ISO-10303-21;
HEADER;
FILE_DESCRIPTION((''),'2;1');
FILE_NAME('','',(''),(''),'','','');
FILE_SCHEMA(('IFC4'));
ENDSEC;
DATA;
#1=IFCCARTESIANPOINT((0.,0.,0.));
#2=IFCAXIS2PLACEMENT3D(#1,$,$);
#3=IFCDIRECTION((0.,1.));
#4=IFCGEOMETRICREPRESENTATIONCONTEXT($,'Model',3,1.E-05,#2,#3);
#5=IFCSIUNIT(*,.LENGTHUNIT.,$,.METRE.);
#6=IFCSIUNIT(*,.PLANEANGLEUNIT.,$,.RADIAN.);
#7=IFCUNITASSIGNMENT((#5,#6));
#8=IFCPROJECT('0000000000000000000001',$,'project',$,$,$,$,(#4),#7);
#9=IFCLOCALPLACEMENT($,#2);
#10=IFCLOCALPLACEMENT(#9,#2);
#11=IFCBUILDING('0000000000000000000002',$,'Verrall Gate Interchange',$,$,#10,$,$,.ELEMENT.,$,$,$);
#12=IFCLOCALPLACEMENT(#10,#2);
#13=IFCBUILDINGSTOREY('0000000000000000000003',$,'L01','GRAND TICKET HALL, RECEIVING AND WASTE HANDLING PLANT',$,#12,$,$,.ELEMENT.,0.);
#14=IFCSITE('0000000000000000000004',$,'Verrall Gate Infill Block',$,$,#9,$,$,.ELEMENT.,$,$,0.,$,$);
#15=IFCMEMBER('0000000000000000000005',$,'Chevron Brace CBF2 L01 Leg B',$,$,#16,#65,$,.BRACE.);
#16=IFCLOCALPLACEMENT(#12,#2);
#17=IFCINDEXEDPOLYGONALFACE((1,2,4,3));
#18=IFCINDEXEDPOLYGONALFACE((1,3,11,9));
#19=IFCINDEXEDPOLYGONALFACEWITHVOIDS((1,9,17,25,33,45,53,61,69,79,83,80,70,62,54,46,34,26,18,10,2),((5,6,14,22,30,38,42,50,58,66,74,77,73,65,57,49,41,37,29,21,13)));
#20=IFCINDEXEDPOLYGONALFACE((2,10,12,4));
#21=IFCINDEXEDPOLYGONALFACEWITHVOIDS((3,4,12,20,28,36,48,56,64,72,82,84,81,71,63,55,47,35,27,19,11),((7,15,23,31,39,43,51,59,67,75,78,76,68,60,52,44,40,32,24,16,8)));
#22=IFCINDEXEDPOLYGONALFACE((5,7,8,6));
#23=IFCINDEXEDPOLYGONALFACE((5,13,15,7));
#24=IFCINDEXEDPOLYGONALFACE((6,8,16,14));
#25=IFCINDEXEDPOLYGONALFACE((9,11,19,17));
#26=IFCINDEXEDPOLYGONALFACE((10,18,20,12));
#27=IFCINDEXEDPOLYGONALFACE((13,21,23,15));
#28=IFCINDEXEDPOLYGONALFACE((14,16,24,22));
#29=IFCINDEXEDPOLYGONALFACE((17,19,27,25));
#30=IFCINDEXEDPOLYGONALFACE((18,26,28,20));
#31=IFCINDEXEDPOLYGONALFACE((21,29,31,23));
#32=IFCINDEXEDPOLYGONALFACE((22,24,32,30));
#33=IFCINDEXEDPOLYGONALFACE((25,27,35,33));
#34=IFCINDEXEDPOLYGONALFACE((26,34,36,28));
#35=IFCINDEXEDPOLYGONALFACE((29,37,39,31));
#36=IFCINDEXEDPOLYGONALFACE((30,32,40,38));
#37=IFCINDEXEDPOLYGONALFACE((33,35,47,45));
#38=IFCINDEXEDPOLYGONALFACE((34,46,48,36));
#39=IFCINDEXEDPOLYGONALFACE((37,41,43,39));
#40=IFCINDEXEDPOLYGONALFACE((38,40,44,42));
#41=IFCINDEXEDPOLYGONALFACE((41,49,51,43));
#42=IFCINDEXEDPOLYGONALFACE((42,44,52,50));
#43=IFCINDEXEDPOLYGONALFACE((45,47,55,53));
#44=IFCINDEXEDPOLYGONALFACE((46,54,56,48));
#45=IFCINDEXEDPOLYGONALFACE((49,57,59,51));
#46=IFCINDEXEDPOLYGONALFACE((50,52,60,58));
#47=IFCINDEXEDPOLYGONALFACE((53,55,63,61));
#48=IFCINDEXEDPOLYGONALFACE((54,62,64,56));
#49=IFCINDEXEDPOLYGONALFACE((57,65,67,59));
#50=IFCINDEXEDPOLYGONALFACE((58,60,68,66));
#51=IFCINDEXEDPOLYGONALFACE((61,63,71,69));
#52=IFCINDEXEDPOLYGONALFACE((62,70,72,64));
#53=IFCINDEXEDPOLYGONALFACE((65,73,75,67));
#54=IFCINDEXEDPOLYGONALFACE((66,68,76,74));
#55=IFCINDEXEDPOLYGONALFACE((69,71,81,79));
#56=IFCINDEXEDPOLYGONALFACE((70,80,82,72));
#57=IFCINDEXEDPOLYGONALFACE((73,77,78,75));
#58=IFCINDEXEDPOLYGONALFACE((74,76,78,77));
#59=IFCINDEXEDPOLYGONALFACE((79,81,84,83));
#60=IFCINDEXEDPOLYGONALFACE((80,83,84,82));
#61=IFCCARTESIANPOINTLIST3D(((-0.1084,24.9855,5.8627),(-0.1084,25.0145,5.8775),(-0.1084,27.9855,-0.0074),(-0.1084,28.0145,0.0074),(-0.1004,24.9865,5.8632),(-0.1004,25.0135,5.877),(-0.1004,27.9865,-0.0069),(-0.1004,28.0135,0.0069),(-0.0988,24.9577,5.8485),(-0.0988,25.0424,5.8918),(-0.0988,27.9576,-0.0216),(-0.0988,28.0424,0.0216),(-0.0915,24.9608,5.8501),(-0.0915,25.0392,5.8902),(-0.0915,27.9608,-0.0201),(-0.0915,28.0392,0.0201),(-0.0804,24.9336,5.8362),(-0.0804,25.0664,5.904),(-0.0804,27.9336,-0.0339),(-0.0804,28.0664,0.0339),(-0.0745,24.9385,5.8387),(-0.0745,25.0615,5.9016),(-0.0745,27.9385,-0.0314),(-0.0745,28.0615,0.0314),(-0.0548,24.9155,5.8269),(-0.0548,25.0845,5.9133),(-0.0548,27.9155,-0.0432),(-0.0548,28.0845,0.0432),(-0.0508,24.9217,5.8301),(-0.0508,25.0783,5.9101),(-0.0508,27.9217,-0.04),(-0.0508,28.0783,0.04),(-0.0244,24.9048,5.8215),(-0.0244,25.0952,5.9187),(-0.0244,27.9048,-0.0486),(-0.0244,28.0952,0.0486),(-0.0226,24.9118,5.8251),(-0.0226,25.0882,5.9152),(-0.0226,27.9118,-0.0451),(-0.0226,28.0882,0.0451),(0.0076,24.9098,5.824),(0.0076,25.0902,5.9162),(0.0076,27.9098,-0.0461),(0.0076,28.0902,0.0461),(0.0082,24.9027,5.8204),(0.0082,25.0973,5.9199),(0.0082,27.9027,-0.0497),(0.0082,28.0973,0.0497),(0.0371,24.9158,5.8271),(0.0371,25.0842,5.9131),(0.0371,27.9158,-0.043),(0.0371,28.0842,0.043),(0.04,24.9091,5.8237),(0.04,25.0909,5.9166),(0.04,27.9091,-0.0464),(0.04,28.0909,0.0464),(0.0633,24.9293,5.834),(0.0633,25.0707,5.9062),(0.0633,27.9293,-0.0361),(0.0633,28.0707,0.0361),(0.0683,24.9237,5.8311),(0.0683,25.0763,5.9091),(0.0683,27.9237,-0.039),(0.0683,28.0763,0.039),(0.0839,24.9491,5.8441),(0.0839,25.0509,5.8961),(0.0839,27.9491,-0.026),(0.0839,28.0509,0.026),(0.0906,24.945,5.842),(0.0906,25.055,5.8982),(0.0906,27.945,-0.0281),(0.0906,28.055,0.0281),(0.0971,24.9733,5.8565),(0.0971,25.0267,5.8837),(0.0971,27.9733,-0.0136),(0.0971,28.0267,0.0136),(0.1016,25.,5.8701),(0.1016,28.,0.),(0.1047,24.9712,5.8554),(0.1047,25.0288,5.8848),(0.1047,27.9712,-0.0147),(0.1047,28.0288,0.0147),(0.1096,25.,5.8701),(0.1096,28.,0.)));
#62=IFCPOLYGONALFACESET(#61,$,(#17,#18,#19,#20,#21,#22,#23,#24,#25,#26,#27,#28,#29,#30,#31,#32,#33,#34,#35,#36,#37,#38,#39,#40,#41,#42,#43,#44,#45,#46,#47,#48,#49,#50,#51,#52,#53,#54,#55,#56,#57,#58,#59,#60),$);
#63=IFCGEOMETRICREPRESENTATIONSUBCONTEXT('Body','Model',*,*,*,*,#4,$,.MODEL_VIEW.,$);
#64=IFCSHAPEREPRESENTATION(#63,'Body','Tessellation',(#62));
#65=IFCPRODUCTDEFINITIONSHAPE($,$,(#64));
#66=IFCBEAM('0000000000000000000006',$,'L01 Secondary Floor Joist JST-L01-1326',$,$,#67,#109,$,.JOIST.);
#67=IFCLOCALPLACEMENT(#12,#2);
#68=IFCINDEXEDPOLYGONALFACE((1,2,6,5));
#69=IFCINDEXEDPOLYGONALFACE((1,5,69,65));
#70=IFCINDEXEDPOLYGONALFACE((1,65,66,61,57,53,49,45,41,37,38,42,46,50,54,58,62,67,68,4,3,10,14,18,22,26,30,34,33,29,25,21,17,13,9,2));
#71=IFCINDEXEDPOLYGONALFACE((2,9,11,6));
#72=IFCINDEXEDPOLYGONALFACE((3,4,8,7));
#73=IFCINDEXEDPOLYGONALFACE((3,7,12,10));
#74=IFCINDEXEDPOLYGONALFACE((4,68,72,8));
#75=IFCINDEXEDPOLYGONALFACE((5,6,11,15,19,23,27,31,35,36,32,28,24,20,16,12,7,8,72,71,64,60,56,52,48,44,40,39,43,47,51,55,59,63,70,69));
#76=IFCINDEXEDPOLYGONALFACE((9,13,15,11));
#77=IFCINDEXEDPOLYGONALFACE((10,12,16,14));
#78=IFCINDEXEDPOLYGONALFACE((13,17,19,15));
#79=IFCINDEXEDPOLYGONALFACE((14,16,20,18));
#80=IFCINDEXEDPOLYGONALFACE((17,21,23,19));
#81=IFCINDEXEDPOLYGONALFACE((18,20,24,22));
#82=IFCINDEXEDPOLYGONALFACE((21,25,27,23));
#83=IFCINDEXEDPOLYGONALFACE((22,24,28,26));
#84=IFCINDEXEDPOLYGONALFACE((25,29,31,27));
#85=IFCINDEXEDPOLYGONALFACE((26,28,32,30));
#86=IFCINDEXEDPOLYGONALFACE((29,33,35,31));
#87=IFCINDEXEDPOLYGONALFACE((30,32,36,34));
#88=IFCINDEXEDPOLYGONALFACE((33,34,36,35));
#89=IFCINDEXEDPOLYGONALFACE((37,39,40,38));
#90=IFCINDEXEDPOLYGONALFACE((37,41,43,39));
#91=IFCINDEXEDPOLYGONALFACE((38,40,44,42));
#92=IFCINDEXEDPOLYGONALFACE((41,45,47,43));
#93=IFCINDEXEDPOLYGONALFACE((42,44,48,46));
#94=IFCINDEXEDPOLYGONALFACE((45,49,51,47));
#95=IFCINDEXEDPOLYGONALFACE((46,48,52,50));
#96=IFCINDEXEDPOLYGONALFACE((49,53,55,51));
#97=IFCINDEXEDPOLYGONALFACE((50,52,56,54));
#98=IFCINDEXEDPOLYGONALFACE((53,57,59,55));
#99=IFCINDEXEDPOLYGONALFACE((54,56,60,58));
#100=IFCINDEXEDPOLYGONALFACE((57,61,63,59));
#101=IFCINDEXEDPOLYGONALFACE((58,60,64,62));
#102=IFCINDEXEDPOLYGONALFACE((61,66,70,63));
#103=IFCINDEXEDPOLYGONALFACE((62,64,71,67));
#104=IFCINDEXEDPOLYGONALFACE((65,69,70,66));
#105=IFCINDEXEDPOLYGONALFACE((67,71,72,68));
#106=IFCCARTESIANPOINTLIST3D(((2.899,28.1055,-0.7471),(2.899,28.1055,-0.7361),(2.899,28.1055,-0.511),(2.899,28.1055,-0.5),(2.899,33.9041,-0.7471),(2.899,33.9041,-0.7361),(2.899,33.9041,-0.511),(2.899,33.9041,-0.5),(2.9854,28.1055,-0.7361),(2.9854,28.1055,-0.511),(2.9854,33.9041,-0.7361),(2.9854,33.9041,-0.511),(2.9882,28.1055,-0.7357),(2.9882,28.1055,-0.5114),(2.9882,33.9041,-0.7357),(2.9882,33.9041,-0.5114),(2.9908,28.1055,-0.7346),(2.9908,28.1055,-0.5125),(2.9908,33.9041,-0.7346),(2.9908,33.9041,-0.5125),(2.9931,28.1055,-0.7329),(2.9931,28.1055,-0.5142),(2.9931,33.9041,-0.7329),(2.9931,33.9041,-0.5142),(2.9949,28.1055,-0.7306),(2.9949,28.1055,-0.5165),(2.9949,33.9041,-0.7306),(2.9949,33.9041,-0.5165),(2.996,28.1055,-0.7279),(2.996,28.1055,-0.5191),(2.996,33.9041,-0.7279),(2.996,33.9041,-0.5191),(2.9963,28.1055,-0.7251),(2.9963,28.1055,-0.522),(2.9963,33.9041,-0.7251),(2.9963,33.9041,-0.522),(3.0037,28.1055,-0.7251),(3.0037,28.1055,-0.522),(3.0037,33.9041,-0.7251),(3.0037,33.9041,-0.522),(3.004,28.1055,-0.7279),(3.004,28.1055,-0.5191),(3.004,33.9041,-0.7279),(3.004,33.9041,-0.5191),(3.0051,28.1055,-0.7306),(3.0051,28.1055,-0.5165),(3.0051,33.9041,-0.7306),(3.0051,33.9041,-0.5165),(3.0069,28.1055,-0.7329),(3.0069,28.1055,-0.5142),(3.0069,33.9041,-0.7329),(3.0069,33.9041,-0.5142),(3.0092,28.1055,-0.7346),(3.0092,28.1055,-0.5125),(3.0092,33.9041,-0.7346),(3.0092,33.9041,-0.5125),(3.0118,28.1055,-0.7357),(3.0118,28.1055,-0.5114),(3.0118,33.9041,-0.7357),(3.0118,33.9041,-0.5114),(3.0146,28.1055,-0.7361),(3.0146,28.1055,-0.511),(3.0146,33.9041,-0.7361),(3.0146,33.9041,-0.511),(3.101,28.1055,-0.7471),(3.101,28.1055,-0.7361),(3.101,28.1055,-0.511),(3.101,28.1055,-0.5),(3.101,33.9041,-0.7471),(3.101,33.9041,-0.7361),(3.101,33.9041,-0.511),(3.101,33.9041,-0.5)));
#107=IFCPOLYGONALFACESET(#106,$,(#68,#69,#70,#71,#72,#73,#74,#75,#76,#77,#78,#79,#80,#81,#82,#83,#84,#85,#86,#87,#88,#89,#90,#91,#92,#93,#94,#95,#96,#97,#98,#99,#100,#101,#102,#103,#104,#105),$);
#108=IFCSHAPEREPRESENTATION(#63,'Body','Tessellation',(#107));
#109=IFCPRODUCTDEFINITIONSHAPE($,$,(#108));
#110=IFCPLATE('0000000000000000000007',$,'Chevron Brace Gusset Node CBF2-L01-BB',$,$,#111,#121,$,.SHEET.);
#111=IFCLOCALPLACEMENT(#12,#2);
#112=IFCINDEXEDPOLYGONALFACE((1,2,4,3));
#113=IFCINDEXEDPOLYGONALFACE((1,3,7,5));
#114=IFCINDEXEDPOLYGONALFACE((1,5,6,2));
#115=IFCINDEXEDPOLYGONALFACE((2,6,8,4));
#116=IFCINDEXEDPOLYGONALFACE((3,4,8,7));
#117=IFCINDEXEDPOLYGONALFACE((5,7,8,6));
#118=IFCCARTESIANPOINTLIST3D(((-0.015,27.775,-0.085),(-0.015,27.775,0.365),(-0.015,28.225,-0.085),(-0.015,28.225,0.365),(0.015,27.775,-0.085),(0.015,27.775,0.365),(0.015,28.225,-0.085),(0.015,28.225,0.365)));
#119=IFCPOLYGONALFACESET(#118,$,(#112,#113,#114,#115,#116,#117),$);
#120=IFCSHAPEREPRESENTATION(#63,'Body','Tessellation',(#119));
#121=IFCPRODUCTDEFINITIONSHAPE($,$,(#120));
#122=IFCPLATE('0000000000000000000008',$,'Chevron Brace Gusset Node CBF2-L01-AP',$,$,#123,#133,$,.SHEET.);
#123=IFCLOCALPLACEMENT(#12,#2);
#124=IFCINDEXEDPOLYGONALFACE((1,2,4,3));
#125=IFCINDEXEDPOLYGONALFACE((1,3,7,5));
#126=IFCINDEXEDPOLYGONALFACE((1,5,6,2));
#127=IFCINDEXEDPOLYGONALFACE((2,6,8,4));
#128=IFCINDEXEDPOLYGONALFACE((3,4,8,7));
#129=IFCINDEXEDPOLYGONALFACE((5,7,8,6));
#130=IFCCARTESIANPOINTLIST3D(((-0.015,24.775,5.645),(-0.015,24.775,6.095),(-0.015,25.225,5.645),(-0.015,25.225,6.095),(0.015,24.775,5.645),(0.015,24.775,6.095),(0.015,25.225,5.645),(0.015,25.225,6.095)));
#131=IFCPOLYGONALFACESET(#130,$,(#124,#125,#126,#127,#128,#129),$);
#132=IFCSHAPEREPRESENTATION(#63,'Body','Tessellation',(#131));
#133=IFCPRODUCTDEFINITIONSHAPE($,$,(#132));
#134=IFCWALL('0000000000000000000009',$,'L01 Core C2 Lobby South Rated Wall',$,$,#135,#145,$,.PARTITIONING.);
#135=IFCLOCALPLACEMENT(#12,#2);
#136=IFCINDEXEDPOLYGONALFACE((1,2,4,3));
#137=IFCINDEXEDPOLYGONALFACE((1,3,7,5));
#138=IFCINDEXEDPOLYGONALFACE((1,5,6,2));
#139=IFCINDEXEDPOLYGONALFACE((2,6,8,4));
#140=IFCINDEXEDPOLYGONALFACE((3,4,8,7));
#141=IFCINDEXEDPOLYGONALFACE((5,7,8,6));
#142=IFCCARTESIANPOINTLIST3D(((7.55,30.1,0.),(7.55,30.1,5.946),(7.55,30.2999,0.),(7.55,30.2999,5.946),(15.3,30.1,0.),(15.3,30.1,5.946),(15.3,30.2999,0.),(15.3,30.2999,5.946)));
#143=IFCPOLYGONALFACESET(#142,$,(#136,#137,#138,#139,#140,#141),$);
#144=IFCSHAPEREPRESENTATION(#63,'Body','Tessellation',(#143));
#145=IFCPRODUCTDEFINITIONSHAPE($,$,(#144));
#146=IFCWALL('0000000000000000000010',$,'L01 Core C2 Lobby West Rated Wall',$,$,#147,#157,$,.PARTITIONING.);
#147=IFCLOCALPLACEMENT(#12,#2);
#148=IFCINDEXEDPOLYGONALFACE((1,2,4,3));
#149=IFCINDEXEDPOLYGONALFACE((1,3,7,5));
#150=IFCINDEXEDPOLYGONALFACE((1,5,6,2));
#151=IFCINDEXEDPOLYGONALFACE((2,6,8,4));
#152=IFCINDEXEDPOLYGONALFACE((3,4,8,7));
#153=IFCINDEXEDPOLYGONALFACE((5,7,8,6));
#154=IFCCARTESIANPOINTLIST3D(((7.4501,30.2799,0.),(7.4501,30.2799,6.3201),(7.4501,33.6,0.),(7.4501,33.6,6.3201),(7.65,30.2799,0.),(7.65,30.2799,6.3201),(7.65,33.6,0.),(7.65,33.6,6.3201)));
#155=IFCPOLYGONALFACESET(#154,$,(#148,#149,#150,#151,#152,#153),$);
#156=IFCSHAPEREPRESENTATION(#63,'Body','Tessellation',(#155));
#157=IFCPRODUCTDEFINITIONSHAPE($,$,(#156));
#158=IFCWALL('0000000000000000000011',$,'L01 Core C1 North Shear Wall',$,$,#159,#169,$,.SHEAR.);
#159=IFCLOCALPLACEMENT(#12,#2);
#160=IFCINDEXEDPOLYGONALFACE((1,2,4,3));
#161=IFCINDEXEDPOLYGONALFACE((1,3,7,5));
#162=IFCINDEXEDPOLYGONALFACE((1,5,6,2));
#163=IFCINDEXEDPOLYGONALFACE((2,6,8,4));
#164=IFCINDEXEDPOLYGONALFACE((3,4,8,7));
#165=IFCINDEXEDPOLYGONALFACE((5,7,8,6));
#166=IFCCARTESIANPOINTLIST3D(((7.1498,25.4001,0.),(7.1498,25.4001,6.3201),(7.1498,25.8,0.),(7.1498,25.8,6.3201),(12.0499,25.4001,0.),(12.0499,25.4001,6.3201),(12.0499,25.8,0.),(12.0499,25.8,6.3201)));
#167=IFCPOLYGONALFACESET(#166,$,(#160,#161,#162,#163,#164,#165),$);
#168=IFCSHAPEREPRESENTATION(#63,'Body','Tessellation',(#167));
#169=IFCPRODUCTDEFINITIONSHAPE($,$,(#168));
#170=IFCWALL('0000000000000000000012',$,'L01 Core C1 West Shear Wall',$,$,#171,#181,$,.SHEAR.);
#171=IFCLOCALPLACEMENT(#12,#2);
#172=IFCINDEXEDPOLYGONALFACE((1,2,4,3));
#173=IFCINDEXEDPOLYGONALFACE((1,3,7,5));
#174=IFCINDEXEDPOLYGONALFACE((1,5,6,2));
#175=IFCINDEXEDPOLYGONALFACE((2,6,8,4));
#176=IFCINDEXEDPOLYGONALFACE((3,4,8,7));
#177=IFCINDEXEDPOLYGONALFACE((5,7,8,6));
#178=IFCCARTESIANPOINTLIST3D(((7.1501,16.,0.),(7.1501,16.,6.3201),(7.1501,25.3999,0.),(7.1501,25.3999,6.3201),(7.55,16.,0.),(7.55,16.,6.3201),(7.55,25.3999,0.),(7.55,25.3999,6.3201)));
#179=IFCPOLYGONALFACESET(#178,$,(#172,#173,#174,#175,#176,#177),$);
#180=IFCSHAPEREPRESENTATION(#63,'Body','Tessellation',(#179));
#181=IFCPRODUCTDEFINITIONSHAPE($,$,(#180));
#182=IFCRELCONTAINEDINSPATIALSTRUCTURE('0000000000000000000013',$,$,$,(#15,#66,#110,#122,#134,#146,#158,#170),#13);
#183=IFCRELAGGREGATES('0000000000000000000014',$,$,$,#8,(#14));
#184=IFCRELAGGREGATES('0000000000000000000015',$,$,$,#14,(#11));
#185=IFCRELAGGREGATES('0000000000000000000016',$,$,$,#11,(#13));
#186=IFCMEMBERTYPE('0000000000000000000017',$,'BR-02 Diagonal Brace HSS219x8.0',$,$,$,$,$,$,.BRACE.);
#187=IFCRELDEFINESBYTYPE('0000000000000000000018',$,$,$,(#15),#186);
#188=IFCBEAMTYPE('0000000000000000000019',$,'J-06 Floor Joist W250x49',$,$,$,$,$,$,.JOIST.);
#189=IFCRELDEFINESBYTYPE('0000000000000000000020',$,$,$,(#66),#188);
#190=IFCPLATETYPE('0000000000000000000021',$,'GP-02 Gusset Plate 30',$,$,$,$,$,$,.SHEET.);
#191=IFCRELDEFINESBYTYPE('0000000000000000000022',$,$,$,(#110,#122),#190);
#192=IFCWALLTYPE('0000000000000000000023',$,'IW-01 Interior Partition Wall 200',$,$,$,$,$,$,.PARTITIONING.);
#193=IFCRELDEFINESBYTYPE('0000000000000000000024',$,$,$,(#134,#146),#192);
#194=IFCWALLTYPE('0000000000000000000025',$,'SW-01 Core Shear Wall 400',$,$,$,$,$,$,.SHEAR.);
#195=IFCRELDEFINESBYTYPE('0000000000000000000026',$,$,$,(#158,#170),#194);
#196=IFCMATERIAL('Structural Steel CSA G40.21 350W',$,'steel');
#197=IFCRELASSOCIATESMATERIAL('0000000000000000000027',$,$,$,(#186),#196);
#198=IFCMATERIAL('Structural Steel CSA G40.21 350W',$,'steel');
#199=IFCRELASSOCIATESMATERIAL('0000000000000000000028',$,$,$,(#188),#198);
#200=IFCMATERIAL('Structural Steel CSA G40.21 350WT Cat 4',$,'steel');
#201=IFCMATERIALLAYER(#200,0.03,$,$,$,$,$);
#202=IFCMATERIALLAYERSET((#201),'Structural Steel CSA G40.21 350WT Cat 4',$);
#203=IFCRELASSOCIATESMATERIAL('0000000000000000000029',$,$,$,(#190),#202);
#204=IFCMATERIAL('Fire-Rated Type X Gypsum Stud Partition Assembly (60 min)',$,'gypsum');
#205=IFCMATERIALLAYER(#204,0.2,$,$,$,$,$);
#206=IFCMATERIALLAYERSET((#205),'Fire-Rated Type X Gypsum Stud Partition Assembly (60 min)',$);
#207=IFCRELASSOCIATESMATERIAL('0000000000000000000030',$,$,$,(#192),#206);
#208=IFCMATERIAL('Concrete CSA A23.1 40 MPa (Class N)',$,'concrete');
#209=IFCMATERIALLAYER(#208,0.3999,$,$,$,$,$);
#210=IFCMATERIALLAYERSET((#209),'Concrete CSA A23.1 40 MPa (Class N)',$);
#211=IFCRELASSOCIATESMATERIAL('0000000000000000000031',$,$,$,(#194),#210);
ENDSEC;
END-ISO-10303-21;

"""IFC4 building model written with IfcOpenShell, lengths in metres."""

from ifc_helpers import new_model, si_unit, direction, frame, frame_2d, origin, origin_2d, place, context, subcontext, project, spatial, rectangle, hollow_circle, i_section, extrude, material, layer, layer_set, material_profile, profile_set, type_object, element, save


model = new_model("IFC4")

# Units and contexts
model_context = context("Model", 3, precision=1e-05, world=origin(), true_north=direction((0.0, 1.0)))
body_context = subcontext(model_context, "Body", "Model", "MODEL_VIEW")
ifc_project = project(units=[si_unit("LENGTHUNIT", "METRE"), si_unit("PLANEANGLEUNIT", "RADIAN")], contexts=[model_context])

# Site, building, storey
site_placement = place(None, origin())
site = spatial("IfcSite", under=ifc_project, at=site_placement, Name="Verrall Gate Infill Block", CompositionType="ELEMENT", RefElevation=0.0)
building_placement = place(site_placement, origin())
building = spatial("IfcBuilding", under=site, at=building_placement, Name="Verrall Gate Interchange", CompositionType="ELEMENT")
storey_placement = place(building_placement, origin())
storey = spatial("IfcBuildingStorey", under=building, at=storey_placement, Name="L01", Description="GRAND TICKET HALL, RECEIVING AND WASTE HANDLING PLANT", CompositionType="ELEMENT", Elevation=0.0)

# Member
ifc_material_1 = material(Name="Structural Steel CSA G40.21 350W", Category="steel")
ifc_material_profile_1 = material_profile(ifc_material_1, hollow_circle(Radius=0.1096, WallThickness=0.0081, at=origin_2d()), Name="HSS219x8.0")
ifc_profile_set_1 = profile_set([ifc_material_profile_1], Name="Structural Steel CSA G40.21 350W")
member_type = type_object("IfcMemberType", Name="BR-02 Diagonal Brace HSS219x8.0", PredefinedType="BRACE", material=ifc_profile_set_1)
member_placement = place(storey_placement, frame((0.0, 28.0, 0.0), z_axis=(0.0, -0.455077, 0.890452), x_axis=(1.0, 0.0, 0.0)))
element("IfcMember", 1, at=member_placement, inside=storey, type_object=member_type, Name="Chevron Brace CBF2 L01 Leg B", PredefinedType="BRACE", context=body_context, shape_type="SweptSolid", body=[
    extrude(hollow_circle(Radius=0.1096, WallThickness=0.0081, at=origin_2d()), origin(), (0.0, 0.0, 1.0), 6.5923),
])

# Beam
ifc_material_2 = material(Name="Structural Steel CSA G40.21 350W", Category="steel")
ifc_material_profile_2 = material_profile(ifc_material_2, i_section(OverallWidth=0.2019, OverallDepth=0.2471, WebThickness=0.0073, FlangeThickness=0.011, FilletRadius=0.011, at=origin_2d()), Name="W250x49")
ifc_profile_set_2 = profile_set([ifc_material_profile_2], Name="Structural Steel CSA G40.21 350W")
beam_type_1 = type_object("IfcBeamType", Name="J-06 Floor Joist W250x49", PredefinedType="JOIST", material=ifc_profile_set_2)
beam_1_placement = place(storey_placement, frame((3.0, 28.1055, -0.6235), z_axis=(0.0, 1.0, 0.0), x_axis=(-1.0, 0.0, 0.0)))
element("IfcBeam", 2, at=beam_1_placement, inside=storey, type_object=beam_type_1, Name="L01 Secondary Floor Joist JST-L01-1326", PredefinedType="JOIST", context=body_context, shape_type="SweptSolid", body=[
    extrude(i_section(OverallWidth=0.2019, OverallDepth=0.2471, WebThickness=0.0073, FlangeThickness=0.011, FilletRadius=0.011, at=origin_2d()), origin(), (0.0, 0.0, 1.0), 5.7986),
])

# Plates
ifc_material_3 = material(Name="Structural Steel CSA G40.21 350WT Cat 4", Category="steel")
ifc_layer_1 = layer(ifc_material_3, 0.03)
ifc_layer_set_1 = layer_set([ifc_layer_1], Name="Structural Steel CSA G40.21 350WT Cat 4")
plate_type = type_object("IfcPlateType", Name="GP-02 Gusset Plate 30", PredefinedType="SHEET", material=ifc_layer_set_1)
for number, where, z_axis, x_axis, name in (
    (3, (0.0, 28.0, -0.085), (0.0, 0.0, 1.0), (1.0, 0.0, 0.0), "Chevron Brace Gusset Node CBF2-L01-BB"),
    (4, (0.0, 25.0, 5.645), (0.0, 0.0, 1.0), (1.0, 0.0, 0.0), "Chevron Brace Gusset Node CBF2-L01-AP"),
):
    element("IfcPlate", number, at=place(storey_placement, frame(where, z_axis=z_axis, x_axis=x_axis)), inside=storey, type_object=plate_type, Name=name, PredefinedType="SHEET", context=body_context, shape_type="SweptSolid", body=[
        extrude(rectangle(XDim=0.03, YDim=0.45, at=origin_2d()), origin(), (0.0, 0.0, 1.0), 0.45),
    ])

# Walls
ifc_material_4 = material(Name="Fire-Rated Type X Gypsum Stud Partition Assembly (60 min)", Category="gypsum")
ifc_layer_2 = layer(ifc_material_4, 0.2)
ifc_layer_set_2 = layer_set([ifc_layer_2], Name="Fire-Rated Type X Gypsum Stud Partition Assembly (60 min)")
wall_type_1 = type_object("IfcWallType", Name="IW-01 Interior Partition Wall 200", PredefinedType="PARTITIONING", material=ifc_layer_set_2)
wall_1_placement = place(storey_placement, frame((7.55, 30.2, 0.0), z_axis=(0.0, 0.0, 1.0), x_axis=(1.0, 0.0, 0.0)))
element("IfcWall", 5, at=wall_1_placement, inside=storey, type_object=wall_type_1, Name="L01 Core C2 Lobby South Rated Wall", PredefinedType="PARTITIONING", context=body_context, shape_type="SweptSolid", body=[
    extrude(rectangle(XDim=7.75, YDim=0.2, at=frame_2d((3.875, 0.0))), origin(), (0.0, 0.0, 1.0), 5.946),
])
wall_2_placement = place(storey_placement, frame((7.55, 33.6001, 0.0), z_axis=(0.0, 0.0, 1.0), x_axis=(0.0, -1.0, 0.0)))
element("IfcWall", 6, at=wall_2_placement, inside=storey, type_object=wall_type_1, Name="L01 Core C2 Lobby West Rated Wall", PredefinedType="PARTITIONING", context=body_context, shape_type="SweptSolid", body=[
    extrude(rectangle(XDim=3.3201, YDim=0.2, at=frame_2d((1.6602, 0.0))), origin(), (0.0, 0.0, 1.0), 6.3201),
])
ifc_material_5 = material(Name="Concrete CSA A23.1 40 MPa (Class N)", Category="concrete")
ifc_layer_3 = layer(ifc_material_5, 0.3999)
ifc_layer_set_3 = layer_set([ifc_layer_3], Name="Concrete CSA A23.1 40 MPa (Class N)")
wall_type_2 = type_object("IfcWallType", Name="SW-01 Core Shear Wall 400", PredefinedType="SHEAR", material=ifc_layer_set_3)
wall_3_placement = place(storey_placement, frame((12.05, 25.6001, 0.0), z_axis=(0.0, 0.0, 1.0), x_axis=(-1.0, 0.0, 0.0)))
element("IfcWall", 7, at=wall_3_placement, inside=storey, type_object=wall_type_2, Name="L01 Core C1 North Shear Wall", PredefinedType="SHEAR", context=body_context, shape_type="SweptSolid", body=[
    extrude(rectangle(XDim=4.9001, YDim=0.3999, at=frame_2d((2.4502, 0.0))), origin(), (0.0, 0.0, 1.0), 6.3201),
])
wall_4_placement = place(storey_placement, frame((7.3501, 25.3999, 0.0), z_axis=(0.0, 0.0, 1.0), x_axis=(0.0, -1.0, 0.0)))
element("IfcWall", 8, at=wall_4_placement, inside=storey, type_object=wall_type_2, Name="L01 Core C1 West Shear Wall", PredefinedType="SHEAR", context=body_context, shape_type="SweptSolid", body=[
    extrude(rectangle(XDim=9.3999, YDim=0.3999, at=frame_2d((4.7, 0.0))), origin(), (0.0, 0.0, 1.0), 6.3201),
])

save(model, "model.ifc")
